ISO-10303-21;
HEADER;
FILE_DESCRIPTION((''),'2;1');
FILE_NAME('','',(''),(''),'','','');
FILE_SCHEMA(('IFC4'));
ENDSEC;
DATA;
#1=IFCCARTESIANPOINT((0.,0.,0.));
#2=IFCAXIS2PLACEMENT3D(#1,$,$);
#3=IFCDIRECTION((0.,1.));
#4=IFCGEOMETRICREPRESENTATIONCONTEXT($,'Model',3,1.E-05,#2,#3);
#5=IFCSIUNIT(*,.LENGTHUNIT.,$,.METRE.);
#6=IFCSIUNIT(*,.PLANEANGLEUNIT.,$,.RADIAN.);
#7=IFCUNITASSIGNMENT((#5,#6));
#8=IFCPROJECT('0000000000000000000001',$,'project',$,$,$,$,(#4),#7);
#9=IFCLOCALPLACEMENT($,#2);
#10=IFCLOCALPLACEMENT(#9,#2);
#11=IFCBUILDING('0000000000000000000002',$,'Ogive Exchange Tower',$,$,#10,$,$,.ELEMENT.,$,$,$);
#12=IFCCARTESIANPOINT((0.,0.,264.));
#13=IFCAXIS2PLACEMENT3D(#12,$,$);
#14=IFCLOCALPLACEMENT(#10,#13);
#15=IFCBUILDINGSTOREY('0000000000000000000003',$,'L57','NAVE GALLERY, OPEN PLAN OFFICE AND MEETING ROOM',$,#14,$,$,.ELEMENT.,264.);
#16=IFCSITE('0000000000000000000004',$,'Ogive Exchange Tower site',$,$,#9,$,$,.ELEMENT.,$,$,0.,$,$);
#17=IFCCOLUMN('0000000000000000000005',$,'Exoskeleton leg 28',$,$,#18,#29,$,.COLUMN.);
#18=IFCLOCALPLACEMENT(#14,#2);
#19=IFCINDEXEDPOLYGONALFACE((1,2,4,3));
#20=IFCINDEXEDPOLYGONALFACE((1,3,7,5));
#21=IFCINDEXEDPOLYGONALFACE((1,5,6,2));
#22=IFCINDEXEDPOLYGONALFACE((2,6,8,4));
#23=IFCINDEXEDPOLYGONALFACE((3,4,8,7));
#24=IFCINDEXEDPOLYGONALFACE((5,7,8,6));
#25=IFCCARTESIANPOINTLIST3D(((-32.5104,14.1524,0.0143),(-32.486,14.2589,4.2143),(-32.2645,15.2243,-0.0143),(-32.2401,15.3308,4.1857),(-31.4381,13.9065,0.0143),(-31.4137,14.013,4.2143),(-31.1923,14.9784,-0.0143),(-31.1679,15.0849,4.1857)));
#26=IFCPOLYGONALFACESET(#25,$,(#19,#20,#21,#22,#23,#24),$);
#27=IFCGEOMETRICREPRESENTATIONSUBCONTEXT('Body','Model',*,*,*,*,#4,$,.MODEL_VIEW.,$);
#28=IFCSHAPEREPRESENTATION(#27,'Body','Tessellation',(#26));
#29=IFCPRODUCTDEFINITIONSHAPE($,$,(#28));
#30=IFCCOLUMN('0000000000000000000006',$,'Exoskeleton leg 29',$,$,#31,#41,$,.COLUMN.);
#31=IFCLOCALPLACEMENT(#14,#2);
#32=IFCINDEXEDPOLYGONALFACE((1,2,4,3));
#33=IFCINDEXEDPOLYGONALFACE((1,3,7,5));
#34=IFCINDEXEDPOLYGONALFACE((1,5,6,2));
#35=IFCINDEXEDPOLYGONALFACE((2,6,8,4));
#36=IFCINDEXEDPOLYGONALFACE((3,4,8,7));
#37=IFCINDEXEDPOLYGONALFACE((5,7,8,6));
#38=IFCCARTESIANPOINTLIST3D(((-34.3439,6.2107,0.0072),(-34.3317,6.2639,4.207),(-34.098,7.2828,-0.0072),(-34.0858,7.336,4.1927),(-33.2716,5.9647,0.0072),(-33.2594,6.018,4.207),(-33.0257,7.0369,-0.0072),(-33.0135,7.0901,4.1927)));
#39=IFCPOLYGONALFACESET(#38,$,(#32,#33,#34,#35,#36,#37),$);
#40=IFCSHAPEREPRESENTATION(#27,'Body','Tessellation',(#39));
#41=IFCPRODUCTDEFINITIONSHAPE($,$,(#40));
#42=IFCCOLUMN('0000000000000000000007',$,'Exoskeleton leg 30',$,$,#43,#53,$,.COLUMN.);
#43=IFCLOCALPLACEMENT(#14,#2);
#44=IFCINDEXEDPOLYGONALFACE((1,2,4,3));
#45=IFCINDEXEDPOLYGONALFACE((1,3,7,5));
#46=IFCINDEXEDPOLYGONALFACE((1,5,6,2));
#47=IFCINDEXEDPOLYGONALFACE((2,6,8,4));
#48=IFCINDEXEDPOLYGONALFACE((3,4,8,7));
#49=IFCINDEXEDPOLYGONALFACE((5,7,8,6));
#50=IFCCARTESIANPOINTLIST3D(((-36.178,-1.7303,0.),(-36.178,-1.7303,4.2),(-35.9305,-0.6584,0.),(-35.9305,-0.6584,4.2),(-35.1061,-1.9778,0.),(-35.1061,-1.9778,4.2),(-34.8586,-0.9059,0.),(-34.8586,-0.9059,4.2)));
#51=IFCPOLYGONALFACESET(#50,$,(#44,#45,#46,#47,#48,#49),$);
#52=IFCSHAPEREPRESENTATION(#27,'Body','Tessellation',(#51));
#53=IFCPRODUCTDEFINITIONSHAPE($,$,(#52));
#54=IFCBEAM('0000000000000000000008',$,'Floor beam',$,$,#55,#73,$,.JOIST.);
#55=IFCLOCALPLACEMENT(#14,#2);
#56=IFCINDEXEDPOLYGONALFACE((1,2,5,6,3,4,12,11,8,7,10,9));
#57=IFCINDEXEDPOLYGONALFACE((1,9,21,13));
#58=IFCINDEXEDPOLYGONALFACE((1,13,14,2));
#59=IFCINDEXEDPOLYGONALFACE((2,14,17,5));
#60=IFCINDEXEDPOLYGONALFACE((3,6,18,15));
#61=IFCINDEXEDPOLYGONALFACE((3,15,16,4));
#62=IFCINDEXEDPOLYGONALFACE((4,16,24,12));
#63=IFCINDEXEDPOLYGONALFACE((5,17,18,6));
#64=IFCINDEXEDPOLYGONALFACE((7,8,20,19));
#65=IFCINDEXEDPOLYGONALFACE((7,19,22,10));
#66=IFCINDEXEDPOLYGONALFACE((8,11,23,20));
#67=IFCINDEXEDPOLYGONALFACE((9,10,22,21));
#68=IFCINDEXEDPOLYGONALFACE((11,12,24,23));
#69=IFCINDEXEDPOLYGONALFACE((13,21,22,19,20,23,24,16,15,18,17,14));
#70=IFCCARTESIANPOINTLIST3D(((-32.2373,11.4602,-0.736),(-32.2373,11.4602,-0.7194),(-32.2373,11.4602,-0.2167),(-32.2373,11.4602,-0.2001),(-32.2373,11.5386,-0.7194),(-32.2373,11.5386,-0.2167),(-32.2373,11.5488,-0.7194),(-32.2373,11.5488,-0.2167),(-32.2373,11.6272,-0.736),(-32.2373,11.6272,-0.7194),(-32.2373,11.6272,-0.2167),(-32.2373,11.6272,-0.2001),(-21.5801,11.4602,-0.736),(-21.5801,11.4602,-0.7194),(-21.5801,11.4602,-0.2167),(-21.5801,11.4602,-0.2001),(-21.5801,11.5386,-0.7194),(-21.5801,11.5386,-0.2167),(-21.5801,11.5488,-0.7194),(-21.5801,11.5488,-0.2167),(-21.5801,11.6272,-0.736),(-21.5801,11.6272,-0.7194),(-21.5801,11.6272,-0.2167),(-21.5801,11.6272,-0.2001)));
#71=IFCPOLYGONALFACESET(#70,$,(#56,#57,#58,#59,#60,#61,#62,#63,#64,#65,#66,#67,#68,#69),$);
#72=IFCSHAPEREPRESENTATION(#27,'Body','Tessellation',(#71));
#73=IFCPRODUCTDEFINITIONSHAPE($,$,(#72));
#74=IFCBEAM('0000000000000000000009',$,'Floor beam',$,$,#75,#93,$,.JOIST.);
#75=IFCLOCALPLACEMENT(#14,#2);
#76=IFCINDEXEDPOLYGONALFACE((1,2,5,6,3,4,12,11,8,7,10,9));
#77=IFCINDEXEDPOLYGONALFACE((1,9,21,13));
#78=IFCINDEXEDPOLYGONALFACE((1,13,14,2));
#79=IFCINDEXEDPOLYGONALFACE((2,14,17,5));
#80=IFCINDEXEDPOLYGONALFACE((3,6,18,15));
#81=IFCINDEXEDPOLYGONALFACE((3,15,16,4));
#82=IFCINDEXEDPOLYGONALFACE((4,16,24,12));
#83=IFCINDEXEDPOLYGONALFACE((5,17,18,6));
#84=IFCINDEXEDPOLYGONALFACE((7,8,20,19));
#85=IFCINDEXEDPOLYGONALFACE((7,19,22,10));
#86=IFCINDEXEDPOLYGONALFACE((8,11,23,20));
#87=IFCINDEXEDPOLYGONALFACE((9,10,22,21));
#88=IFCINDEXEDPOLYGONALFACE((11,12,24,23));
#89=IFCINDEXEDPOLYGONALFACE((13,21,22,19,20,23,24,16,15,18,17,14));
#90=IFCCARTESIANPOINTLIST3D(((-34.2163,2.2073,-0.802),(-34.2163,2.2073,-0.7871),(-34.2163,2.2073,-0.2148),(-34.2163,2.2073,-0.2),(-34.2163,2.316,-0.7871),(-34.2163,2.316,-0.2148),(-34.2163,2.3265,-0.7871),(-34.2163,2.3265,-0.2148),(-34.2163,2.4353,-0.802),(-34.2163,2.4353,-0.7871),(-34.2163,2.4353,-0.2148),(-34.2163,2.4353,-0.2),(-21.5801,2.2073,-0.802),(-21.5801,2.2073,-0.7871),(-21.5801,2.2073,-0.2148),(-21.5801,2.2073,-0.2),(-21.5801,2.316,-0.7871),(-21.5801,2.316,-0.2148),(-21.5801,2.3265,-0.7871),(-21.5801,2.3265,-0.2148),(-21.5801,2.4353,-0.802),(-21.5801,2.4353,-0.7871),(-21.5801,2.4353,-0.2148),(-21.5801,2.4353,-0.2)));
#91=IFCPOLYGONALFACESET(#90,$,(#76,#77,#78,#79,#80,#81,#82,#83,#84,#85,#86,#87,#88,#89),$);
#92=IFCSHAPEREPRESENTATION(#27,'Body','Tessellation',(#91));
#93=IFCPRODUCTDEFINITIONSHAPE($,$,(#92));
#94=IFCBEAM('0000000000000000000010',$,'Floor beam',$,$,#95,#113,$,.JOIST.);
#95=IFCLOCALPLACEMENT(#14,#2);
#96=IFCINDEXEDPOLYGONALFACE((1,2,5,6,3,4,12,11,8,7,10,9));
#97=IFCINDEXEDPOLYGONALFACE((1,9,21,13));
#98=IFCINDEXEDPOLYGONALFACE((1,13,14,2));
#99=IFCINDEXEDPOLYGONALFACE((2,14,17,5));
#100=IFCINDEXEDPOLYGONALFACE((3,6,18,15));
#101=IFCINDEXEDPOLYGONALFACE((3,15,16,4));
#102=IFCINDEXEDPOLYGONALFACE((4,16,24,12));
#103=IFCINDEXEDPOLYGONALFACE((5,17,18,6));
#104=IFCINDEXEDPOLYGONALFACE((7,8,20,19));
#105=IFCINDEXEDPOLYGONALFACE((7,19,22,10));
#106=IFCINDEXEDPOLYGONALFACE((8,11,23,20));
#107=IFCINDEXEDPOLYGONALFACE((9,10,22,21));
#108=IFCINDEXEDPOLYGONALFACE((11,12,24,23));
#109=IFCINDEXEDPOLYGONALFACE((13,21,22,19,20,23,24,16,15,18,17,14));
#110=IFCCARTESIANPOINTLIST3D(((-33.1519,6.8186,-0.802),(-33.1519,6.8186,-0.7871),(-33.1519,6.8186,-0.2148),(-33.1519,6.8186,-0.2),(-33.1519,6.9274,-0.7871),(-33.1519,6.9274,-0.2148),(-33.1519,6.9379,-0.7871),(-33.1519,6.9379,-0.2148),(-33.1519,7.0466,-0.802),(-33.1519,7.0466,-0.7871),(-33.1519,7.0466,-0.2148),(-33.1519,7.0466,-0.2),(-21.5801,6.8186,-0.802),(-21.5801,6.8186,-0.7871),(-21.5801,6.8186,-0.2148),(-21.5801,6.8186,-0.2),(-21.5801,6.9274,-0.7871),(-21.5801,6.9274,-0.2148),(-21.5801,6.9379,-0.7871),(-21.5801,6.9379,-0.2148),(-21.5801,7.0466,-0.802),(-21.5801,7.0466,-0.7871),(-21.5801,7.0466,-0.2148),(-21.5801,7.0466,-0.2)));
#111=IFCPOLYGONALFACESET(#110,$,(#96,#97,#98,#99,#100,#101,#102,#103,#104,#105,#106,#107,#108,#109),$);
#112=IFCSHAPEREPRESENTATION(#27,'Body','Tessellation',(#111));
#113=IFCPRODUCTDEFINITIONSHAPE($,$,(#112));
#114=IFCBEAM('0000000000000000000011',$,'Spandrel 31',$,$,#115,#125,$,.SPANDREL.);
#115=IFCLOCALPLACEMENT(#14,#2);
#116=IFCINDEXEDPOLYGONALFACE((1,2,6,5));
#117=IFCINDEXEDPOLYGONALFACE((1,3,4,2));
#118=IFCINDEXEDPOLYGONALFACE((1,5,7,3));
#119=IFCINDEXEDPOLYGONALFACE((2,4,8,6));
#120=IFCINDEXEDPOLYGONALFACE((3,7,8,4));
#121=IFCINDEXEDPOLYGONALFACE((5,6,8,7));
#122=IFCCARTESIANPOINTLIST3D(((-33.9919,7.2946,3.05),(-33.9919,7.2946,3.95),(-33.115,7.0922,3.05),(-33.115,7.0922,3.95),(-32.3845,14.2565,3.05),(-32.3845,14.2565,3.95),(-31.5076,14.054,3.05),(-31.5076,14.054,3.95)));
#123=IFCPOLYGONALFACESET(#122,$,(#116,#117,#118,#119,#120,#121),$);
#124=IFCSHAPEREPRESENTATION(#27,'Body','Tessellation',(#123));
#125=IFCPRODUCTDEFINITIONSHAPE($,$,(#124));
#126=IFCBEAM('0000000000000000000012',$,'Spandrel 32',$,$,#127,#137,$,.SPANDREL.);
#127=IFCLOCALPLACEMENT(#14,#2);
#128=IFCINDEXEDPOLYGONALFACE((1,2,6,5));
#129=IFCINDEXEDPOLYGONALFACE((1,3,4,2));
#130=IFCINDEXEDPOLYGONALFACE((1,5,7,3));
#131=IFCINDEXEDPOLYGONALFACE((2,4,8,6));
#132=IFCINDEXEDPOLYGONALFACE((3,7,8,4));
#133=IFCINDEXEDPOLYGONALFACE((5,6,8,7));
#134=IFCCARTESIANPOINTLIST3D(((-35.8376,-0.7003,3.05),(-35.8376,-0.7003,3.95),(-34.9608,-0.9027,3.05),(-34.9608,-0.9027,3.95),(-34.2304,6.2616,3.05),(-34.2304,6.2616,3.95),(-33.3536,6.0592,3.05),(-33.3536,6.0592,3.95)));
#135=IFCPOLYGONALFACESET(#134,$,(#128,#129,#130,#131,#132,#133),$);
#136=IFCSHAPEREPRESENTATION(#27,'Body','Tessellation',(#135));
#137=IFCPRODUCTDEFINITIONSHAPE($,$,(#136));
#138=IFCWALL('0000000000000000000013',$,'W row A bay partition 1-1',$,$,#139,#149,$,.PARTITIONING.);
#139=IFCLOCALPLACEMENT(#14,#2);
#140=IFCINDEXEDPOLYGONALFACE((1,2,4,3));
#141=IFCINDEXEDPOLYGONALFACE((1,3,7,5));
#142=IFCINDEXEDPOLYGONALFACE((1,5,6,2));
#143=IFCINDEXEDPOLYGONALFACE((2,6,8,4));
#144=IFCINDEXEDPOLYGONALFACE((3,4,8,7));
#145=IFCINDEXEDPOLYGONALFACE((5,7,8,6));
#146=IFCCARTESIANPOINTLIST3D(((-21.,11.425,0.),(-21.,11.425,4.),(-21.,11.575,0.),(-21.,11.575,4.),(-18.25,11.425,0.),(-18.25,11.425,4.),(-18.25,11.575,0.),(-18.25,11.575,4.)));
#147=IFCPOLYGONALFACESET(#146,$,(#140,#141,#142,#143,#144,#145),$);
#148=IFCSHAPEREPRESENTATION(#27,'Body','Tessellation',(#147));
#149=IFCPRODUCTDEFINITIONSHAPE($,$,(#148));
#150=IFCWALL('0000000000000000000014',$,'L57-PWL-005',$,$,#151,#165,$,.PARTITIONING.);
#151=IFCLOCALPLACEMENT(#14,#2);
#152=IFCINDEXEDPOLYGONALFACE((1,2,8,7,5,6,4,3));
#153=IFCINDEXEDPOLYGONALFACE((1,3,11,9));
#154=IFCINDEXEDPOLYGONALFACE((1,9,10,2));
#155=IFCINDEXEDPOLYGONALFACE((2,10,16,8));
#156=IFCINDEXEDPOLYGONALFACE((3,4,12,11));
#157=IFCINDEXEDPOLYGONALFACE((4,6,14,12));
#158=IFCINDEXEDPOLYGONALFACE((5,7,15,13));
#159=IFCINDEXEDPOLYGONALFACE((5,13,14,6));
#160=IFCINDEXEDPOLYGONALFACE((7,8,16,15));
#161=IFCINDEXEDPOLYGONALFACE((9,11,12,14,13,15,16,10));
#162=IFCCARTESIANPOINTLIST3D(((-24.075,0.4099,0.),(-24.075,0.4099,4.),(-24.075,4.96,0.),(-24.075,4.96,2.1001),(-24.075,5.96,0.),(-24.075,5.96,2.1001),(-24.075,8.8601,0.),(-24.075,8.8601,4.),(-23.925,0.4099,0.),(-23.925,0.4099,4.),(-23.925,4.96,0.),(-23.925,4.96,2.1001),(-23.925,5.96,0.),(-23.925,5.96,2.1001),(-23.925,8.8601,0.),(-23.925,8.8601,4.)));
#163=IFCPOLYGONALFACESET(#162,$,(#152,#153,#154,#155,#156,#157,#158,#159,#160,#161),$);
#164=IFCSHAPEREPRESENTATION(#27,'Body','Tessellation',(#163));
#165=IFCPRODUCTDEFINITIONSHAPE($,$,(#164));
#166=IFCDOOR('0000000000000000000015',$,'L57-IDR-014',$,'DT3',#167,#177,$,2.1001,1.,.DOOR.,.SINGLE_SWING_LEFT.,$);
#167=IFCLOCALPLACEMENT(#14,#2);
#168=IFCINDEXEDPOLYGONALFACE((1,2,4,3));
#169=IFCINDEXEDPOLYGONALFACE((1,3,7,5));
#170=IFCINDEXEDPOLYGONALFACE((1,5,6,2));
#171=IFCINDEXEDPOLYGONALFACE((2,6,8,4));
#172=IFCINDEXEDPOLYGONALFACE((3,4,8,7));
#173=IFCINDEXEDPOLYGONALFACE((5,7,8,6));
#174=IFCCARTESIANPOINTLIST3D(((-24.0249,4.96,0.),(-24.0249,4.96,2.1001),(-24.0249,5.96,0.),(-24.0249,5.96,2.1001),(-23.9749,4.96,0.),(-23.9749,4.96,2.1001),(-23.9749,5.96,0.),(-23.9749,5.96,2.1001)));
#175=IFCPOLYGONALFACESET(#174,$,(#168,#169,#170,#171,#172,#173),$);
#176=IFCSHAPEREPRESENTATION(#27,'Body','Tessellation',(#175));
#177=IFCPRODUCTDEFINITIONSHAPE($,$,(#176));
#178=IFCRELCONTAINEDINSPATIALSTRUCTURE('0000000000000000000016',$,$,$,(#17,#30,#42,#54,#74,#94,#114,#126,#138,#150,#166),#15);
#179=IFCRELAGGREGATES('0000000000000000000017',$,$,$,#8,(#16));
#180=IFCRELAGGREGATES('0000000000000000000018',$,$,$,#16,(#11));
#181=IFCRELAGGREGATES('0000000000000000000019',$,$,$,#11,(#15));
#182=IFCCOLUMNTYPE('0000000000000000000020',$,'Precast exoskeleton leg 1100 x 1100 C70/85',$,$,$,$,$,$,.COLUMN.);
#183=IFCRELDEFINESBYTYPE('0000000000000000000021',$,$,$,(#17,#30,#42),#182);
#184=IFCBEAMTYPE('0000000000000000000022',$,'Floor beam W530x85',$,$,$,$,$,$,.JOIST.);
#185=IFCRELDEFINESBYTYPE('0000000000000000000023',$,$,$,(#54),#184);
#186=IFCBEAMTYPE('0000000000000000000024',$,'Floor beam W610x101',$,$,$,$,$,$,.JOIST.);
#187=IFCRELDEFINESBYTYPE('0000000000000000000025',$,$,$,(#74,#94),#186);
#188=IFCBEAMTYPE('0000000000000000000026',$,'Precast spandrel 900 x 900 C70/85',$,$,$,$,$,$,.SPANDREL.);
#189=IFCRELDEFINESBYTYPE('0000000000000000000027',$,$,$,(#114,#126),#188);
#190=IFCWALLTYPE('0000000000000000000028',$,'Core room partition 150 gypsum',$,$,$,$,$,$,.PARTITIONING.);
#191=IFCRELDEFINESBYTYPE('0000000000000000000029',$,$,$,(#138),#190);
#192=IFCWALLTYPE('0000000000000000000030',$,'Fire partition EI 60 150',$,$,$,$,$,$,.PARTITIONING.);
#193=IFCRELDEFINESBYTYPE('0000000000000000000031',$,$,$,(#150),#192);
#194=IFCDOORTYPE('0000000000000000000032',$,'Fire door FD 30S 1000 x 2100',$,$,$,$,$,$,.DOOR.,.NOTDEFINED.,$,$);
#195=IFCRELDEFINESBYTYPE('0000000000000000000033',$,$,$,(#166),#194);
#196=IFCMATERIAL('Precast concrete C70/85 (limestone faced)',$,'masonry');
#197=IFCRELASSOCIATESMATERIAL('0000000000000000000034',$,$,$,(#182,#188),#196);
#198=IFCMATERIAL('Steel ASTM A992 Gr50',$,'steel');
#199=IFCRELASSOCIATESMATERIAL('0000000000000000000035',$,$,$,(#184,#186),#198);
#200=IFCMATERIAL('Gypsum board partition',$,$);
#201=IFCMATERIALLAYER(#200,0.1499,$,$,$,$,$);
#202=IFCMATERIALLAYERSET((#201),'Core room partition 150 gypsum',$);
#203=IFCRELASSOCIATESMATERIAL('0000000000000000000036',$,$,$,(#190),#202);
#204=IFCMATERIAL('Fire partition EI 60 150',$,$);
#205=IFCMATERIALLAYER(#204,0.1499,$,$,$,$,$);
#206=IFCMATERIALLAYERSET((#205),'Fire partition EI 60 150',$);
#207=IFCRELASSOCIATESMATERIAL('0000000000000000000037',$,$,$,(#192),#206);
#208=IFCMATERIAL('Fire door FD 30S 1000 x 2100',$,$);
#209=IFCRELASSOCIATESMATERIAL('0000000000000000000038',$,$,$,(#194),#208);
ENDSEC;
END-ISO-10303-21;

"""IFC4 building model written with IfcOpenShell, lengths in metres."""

from ifc_helpers import new_model, si_unit, direction, frame, frame_2d, origin, origin_2d, place, context, subcontext, project, spatial, rectangle, i_section, extrude, material, layer, layer_set, material_profile, profile_set, type_object, element, fill, save


model = new_model("IFC4")

# Units and contexts
model_context = context("Model", 3, precision=1e-05, world=origin(), true_north=direction((0.0, 1.0)))
body_context = subcontext(model_context, "Body", "Model", "MODEL_VIEW")
ifc_project = project(units=[si_unit("LENGTHUNIT", "METRE"), si_unit("PLANEANGLEUNIT", "RADIAN")], contexts=[model_context])

# Site, building, storey
site_placement = place(None, origin())
site = spatial("IfcSite", under=ifc_project, at=site_placement, Name="Ogive Exchange Tower site", CompositionType="ELEMENT", RefElevation=0.0)
building_placement = place(site_placement, origin())
building = spatial("IfcBuilding", under=site, at=building_placement, Name="Ogive Exchange Tower", CompositionType="ELEMENT")
storey_placement = place(building_placement, frame((0.0, 0.0, 264.0)))
storey = spatial("IfcBuildingStorey", under=building, at=storey_placement, Name="L57", Description="NAVE GALLERY, OPEN PLAN OFFICE AND MEETING ROOM", CompositionType="ELEMENT", Elevation=264.0)

# Columns
ifc_material_1 = material(Name="Precast concrete C70/85 (limestone faced)", Category="masonry")
ifc_material_profile_1 = material_profile(ifc_material_1, rectangle(XDim=1.1001, YDim=1.1001, at=origin_2d()), Name="1100 x 1100")
ifc_profile_set_1 = profile_set([ifc_material_profile_1], Name="Precast concrete C70/85 (limestone faced)")
column_type = type_object("IfcColumnType", Name="Precast exoskeleton leg 1100 x 1100 C70/85", PredefinedType="COLUMN", material=ifc_profile_set_1)
column_1_placement = place(storey_placement, frame((-31.8513, 14.5654, 0.0), z_axis=(0.005811, 0.025336, 0.999662), x_axis=(-0.974692, 0.223553, 0.0)))
element("IfcColumn", 1, at=column_1_placement, inside=storey, type_object=column_type, Name="Exoskeleton leg 28", PredefinedType="COLUMN", context=body_context, shape_type="SweptSolid", body=[
    extrude(rectangle(XDim=1.1001, YDim=1.1001, at=origin_2d()), origin(), (0.0, 0.0, 1.0), 4.2014),
])
column_2_placement = place(storey_placement, frame((-33.6848, 6.6238, 0.0), z_axis=(0.002906, 0.012671, 0.999915), x_axis=(-0.974692, 0.223553, 0.0)))
element("IfcColumn", 2, at=column_2_placement, inside=storey, type_object=column_type, Name="Exoskeleton leg 29", PredefinedType="COLUMN", context=body_context, shape_type="SweptSolid", body=[
    extrude(rectangle(XDim=1.1001, YDim=1.1001, at=origin_2d()), origin(), (0.0, 0.0, 1.0), 4.2002),
])
column_3_placement = place(storey_placement, frame((-35.5183, -1.3181, 0.0), z_axis=(0.0, 0.0, 1.0), x_axis=(0.97437, -0.224951, 0.0)))
element("IfcColumn", 3, at=column_3_placement, inside=storey, type_object=column_type, Name="Exoskeleton leg 30", PredefinedType="COLUMN", context=body_context, shape_type="SweptSolid", body=[
    extrude(rectangle(XDim=1.1001, YDim=1.1001, at=origin_2d()), origin(), (0.0, 0.0, 1.0), 4.2),
])

# Beams
ifc_material_2 = material(Name="Steel ASTM A992 Gr50", Category="steel")
ifc_material_profile_2 = material_profile(ifc_material_2, i_section(OverallWidth=0.167, OverallDepth=0.5359, WebThickness=0.0103, FlangeThickness=0.0166, at=origin_2d()), Name="W530x85")
ifc_profile_set_2 = profile_set([ifc_material_profile_2], Name="Steel ASTM A992 Gr50")
beam_type_1 = type_object("IfcBeamType", Name="Floor beam W530x85", PredefinedType="JOIST", material=ifc_profile_set_2)
beam_1_placement = place(storey_placement, frame((-32.2373, 11.5437, -0.468), z_axis=(1.0, 0.0, 0.0), x_axis=(0.0, 1.0, 0.0)))
element("IfcBeam", 4, at=beam_1_placement, inside=storey, type_object=beam_type_1, Name="Floor beam", PredefinedType="JOIST", context=body_context, shape_type="SweptSolid", body=[
    extrude(i_section(OverallWidth=0.167, OverallDepth=0.5359, WebThickness=0.0103, FlangeThickness=0.0166, at=origin_2d()), origin(), (0.0, 0.0, 1.0), 10.6572),
])
ifc_material_profile_3 = material_profile(ifc_material_2, i_section(OverallWidth=0.228, OverallDepth=0.6021, WebThickness=0.0105, FlangeThickness=0.0149, at=origin_2d()), Name="W610x101")
ifc_profile_set_3 = profile_set([ifc_material_profile_3], Name="Steel ASTM A992 Gr50")
beam_type_2 = type_object("IfcBeamType", Name="Floor beam W610x101", PredefinedType="JOIST", material=ifc_profile_set_3)
beam_2_placement = place(storey_placement, frame((-34.2163, 2.3213, -0.501), z_axis=(1.0, 0.0, 0.0), x_axis=(0.0, 1.0, 0.0)))
element("IfcBeam", 5, at=beam_2_placement, inside=storey, type_object=beam_type_2, Name="Floor beam", PredefinedType="JOIST", context=body_context, shape_type="SweptSolid", body=[
    extrude(i_section(OverallWidth=0.228, OverallDepth=0.6021, WebThickness=0.0105, FlangeThickness=0.0149, at=origin_2d()), origin(), (0.0, 0.0, 1.0), 12.6362),
])
beam_3_placement = place(storey_placement, frame((-33.1519, 6.9326, -0.501), z_axis=(1.0, 0.0, 0.0), x_axis=(0.0, 1.0, 0.0)))
element("IfcBeam", 6, at=beam_3_placement, inside=storey, type_object=beam_type_2, Name="Floor beam", PredefinedType="JOIST", context=body_context, shape_type="SweptSolid", body=[
    extrude(i_section(OverallWidth=0.228, OverallDepth=0.6021, WebThickness=0.0105, FlangeThickness=0.0149, at=origin_2d()), origin(), (0.0, 0.0, 1.0), 11.5718),
])
ifc_material_profile_4 = material_profile(ifc_material_1, rectangle(XDim=0.8999, YDim=0.8999, at=origin_2d()), Name="900 x 900")
ifc_profile_set_4 = profile_set([ifc_material_profile_4], Name="Precast concrete C70/85 (limestone faced)")
beam_type_3 = type_object("IfcBeamType", Name="Precast spandrel 900 x 900 C70/85", PredefinedType="SPANDREL", material=ifc_profile_set_4)
for number, where, z_axis, x_axis, name in (
    (7, (-31.946, 14.1553, 3.5), (-0.224969, -0.974366, 0.0), (0.974366, -0.224969, 0.0), "Spandrel 31"),
    (8, (-33.792, 6.1604, 3.5), (-0.224937, -0.974373, 0.0), (0.974373, -0.224937, 0.0), "Spandrel 32"),
):
    element("IfcBeam", number, at=place(storey_placement, frame(where, z_axis=z_axis, x_axis=x_axis)), inside=storey, type_object=beam_type_3, Name=name, PredefinedType="SPANDREL", context=body_context, shape_type="SweptSolid", body=[
        extrude(rectangle(XDim=0.8999, YDim=0.8999, at=origin_2d()), origin(), (0.0, 0.0, 1.0), 7.145),
    ])

# Wall
ifc_material_3 = material(Name="Gypsum board partition")
ifc_layer_1 = layer(ifc_material_3, 0.1499)
ifc_layer_set_1 = layer_set([ifc_layer_1], Name="Core room partition 150 gypsum")
wall_type_1 = type_object("IfcWallType", Name="Core room partition 150 gypsum", PredefinedType="PARTITIONING", material=ifc_layer_set_1)
wall_1_placement = place(storey_placement, frame((-21.0, 11.5, 0.0), z_axis=(0.0, 0.0, 1.0), x_axis=(1.0, 0.0, 0.0)))
element("IfcWall", 9, at=wall_1_placement, inside=storey, type_object=wall_type_1, Name="W row A bay partition 1-1", PredefinedType="PARTITIONING", context=body_context, shape_type="SweptSolid", body=[
    extrude(rectangle(XDim=2.75, YDim=0.1499, at=frame_2d((1.375, 0.0))), origin(), (0.0, 0.0, 1.0), 4.0),
])

# Wall, opening, door
ifc_material_4 = material(Name="Fire partition EI 60 150")
ifc_layer_2 = layer(ifc_material_4, 0.1499)
ifc_layer_set_2 = layer_set([ifc_layer_2], Name="Fire partition EI 60 150")
wall_type_2 = type_object("IfcWallType", Name="Fire partition EI 60 150", PredefinedType="PARTITIONING", material=ifc_layer_set_2)
wall_2_placement = place(storey_placement, frame((-24.0, 0.4099, 0.0), z_axis=(0.0, 0.0, 1.0), x_axis=(0.0, 1.0, 0.0)))
wall_2 = element("IfcWall", 10, at=wall_2_placement, inside=storey, type_object=wall_type_2, Name="L57-PWL-005", PredefinedType="PARTITIONING", context=body_context, shape_type="SweptSolid", body=[
    extrude(rectangle(XDim=8.4502, YDim=0.1499, at=frame_2d((4.2251, 0.0))), origin(), (0.0, 0.0, 1.0), 4.0),
])
opening_1_placement = place(wall_2_placement, frame((4.55, 0.0, 0.0)))
opening_1 = element("IfcOpeningElement", 11, at=opening_1_placement, cuts=wall_2, PredefinedType="OPENING", context=body_context, shape_type="SweptSolid", body=[
    extrude(rectangle(XDim=1.0, YDim=2.1001, at=frame_2d((0.5, 1.05))), frame((0.0, 0.085, 0.0), z_axis=(0.0, -1.0, 0.0), x_axis=(1.0, 0.0, 0.0)), (0.0, 0.0, 1.0), 0.1699),
])
ifc_material_5 = material(Name="Fire door FD 30S 1000 x 2100")
door_type = type_object("IfcDoorType", Name="Fire door FD 30S 1000 x 2100", OperationType="NOTDEFINED", PredefinedType="DOOR", material=ifc_material_5)
door_1_placement = place(opening_1_placement, origin())
door_1 = element("IfcDoor", 12, at=door_1_placement, inside=storey, type_object=door_type, Name="L57-IDR-014", ObjectType="DT3", OperationType="SINGLE_SWING_LEFT", OverallHeight=2.1001, OverallWidth=1.0, PredefinedType="DOOR", context=body_context, shape_type="SweptSolid", body=[
    extrude(rectangle(XDim=1.0, YDim=2.1001, at=frame_2d((0.5, 1.05))), frame((0.0, 0.0249, 0.0), z_axis=(0.0, -1.0, 0.0), x_axis=(1.0, 0.0, 0.0)), (0.0, 0.0, 1.0), 0.05),
])
fill(opening_1, door_1)

save(model, "model.ifc")
